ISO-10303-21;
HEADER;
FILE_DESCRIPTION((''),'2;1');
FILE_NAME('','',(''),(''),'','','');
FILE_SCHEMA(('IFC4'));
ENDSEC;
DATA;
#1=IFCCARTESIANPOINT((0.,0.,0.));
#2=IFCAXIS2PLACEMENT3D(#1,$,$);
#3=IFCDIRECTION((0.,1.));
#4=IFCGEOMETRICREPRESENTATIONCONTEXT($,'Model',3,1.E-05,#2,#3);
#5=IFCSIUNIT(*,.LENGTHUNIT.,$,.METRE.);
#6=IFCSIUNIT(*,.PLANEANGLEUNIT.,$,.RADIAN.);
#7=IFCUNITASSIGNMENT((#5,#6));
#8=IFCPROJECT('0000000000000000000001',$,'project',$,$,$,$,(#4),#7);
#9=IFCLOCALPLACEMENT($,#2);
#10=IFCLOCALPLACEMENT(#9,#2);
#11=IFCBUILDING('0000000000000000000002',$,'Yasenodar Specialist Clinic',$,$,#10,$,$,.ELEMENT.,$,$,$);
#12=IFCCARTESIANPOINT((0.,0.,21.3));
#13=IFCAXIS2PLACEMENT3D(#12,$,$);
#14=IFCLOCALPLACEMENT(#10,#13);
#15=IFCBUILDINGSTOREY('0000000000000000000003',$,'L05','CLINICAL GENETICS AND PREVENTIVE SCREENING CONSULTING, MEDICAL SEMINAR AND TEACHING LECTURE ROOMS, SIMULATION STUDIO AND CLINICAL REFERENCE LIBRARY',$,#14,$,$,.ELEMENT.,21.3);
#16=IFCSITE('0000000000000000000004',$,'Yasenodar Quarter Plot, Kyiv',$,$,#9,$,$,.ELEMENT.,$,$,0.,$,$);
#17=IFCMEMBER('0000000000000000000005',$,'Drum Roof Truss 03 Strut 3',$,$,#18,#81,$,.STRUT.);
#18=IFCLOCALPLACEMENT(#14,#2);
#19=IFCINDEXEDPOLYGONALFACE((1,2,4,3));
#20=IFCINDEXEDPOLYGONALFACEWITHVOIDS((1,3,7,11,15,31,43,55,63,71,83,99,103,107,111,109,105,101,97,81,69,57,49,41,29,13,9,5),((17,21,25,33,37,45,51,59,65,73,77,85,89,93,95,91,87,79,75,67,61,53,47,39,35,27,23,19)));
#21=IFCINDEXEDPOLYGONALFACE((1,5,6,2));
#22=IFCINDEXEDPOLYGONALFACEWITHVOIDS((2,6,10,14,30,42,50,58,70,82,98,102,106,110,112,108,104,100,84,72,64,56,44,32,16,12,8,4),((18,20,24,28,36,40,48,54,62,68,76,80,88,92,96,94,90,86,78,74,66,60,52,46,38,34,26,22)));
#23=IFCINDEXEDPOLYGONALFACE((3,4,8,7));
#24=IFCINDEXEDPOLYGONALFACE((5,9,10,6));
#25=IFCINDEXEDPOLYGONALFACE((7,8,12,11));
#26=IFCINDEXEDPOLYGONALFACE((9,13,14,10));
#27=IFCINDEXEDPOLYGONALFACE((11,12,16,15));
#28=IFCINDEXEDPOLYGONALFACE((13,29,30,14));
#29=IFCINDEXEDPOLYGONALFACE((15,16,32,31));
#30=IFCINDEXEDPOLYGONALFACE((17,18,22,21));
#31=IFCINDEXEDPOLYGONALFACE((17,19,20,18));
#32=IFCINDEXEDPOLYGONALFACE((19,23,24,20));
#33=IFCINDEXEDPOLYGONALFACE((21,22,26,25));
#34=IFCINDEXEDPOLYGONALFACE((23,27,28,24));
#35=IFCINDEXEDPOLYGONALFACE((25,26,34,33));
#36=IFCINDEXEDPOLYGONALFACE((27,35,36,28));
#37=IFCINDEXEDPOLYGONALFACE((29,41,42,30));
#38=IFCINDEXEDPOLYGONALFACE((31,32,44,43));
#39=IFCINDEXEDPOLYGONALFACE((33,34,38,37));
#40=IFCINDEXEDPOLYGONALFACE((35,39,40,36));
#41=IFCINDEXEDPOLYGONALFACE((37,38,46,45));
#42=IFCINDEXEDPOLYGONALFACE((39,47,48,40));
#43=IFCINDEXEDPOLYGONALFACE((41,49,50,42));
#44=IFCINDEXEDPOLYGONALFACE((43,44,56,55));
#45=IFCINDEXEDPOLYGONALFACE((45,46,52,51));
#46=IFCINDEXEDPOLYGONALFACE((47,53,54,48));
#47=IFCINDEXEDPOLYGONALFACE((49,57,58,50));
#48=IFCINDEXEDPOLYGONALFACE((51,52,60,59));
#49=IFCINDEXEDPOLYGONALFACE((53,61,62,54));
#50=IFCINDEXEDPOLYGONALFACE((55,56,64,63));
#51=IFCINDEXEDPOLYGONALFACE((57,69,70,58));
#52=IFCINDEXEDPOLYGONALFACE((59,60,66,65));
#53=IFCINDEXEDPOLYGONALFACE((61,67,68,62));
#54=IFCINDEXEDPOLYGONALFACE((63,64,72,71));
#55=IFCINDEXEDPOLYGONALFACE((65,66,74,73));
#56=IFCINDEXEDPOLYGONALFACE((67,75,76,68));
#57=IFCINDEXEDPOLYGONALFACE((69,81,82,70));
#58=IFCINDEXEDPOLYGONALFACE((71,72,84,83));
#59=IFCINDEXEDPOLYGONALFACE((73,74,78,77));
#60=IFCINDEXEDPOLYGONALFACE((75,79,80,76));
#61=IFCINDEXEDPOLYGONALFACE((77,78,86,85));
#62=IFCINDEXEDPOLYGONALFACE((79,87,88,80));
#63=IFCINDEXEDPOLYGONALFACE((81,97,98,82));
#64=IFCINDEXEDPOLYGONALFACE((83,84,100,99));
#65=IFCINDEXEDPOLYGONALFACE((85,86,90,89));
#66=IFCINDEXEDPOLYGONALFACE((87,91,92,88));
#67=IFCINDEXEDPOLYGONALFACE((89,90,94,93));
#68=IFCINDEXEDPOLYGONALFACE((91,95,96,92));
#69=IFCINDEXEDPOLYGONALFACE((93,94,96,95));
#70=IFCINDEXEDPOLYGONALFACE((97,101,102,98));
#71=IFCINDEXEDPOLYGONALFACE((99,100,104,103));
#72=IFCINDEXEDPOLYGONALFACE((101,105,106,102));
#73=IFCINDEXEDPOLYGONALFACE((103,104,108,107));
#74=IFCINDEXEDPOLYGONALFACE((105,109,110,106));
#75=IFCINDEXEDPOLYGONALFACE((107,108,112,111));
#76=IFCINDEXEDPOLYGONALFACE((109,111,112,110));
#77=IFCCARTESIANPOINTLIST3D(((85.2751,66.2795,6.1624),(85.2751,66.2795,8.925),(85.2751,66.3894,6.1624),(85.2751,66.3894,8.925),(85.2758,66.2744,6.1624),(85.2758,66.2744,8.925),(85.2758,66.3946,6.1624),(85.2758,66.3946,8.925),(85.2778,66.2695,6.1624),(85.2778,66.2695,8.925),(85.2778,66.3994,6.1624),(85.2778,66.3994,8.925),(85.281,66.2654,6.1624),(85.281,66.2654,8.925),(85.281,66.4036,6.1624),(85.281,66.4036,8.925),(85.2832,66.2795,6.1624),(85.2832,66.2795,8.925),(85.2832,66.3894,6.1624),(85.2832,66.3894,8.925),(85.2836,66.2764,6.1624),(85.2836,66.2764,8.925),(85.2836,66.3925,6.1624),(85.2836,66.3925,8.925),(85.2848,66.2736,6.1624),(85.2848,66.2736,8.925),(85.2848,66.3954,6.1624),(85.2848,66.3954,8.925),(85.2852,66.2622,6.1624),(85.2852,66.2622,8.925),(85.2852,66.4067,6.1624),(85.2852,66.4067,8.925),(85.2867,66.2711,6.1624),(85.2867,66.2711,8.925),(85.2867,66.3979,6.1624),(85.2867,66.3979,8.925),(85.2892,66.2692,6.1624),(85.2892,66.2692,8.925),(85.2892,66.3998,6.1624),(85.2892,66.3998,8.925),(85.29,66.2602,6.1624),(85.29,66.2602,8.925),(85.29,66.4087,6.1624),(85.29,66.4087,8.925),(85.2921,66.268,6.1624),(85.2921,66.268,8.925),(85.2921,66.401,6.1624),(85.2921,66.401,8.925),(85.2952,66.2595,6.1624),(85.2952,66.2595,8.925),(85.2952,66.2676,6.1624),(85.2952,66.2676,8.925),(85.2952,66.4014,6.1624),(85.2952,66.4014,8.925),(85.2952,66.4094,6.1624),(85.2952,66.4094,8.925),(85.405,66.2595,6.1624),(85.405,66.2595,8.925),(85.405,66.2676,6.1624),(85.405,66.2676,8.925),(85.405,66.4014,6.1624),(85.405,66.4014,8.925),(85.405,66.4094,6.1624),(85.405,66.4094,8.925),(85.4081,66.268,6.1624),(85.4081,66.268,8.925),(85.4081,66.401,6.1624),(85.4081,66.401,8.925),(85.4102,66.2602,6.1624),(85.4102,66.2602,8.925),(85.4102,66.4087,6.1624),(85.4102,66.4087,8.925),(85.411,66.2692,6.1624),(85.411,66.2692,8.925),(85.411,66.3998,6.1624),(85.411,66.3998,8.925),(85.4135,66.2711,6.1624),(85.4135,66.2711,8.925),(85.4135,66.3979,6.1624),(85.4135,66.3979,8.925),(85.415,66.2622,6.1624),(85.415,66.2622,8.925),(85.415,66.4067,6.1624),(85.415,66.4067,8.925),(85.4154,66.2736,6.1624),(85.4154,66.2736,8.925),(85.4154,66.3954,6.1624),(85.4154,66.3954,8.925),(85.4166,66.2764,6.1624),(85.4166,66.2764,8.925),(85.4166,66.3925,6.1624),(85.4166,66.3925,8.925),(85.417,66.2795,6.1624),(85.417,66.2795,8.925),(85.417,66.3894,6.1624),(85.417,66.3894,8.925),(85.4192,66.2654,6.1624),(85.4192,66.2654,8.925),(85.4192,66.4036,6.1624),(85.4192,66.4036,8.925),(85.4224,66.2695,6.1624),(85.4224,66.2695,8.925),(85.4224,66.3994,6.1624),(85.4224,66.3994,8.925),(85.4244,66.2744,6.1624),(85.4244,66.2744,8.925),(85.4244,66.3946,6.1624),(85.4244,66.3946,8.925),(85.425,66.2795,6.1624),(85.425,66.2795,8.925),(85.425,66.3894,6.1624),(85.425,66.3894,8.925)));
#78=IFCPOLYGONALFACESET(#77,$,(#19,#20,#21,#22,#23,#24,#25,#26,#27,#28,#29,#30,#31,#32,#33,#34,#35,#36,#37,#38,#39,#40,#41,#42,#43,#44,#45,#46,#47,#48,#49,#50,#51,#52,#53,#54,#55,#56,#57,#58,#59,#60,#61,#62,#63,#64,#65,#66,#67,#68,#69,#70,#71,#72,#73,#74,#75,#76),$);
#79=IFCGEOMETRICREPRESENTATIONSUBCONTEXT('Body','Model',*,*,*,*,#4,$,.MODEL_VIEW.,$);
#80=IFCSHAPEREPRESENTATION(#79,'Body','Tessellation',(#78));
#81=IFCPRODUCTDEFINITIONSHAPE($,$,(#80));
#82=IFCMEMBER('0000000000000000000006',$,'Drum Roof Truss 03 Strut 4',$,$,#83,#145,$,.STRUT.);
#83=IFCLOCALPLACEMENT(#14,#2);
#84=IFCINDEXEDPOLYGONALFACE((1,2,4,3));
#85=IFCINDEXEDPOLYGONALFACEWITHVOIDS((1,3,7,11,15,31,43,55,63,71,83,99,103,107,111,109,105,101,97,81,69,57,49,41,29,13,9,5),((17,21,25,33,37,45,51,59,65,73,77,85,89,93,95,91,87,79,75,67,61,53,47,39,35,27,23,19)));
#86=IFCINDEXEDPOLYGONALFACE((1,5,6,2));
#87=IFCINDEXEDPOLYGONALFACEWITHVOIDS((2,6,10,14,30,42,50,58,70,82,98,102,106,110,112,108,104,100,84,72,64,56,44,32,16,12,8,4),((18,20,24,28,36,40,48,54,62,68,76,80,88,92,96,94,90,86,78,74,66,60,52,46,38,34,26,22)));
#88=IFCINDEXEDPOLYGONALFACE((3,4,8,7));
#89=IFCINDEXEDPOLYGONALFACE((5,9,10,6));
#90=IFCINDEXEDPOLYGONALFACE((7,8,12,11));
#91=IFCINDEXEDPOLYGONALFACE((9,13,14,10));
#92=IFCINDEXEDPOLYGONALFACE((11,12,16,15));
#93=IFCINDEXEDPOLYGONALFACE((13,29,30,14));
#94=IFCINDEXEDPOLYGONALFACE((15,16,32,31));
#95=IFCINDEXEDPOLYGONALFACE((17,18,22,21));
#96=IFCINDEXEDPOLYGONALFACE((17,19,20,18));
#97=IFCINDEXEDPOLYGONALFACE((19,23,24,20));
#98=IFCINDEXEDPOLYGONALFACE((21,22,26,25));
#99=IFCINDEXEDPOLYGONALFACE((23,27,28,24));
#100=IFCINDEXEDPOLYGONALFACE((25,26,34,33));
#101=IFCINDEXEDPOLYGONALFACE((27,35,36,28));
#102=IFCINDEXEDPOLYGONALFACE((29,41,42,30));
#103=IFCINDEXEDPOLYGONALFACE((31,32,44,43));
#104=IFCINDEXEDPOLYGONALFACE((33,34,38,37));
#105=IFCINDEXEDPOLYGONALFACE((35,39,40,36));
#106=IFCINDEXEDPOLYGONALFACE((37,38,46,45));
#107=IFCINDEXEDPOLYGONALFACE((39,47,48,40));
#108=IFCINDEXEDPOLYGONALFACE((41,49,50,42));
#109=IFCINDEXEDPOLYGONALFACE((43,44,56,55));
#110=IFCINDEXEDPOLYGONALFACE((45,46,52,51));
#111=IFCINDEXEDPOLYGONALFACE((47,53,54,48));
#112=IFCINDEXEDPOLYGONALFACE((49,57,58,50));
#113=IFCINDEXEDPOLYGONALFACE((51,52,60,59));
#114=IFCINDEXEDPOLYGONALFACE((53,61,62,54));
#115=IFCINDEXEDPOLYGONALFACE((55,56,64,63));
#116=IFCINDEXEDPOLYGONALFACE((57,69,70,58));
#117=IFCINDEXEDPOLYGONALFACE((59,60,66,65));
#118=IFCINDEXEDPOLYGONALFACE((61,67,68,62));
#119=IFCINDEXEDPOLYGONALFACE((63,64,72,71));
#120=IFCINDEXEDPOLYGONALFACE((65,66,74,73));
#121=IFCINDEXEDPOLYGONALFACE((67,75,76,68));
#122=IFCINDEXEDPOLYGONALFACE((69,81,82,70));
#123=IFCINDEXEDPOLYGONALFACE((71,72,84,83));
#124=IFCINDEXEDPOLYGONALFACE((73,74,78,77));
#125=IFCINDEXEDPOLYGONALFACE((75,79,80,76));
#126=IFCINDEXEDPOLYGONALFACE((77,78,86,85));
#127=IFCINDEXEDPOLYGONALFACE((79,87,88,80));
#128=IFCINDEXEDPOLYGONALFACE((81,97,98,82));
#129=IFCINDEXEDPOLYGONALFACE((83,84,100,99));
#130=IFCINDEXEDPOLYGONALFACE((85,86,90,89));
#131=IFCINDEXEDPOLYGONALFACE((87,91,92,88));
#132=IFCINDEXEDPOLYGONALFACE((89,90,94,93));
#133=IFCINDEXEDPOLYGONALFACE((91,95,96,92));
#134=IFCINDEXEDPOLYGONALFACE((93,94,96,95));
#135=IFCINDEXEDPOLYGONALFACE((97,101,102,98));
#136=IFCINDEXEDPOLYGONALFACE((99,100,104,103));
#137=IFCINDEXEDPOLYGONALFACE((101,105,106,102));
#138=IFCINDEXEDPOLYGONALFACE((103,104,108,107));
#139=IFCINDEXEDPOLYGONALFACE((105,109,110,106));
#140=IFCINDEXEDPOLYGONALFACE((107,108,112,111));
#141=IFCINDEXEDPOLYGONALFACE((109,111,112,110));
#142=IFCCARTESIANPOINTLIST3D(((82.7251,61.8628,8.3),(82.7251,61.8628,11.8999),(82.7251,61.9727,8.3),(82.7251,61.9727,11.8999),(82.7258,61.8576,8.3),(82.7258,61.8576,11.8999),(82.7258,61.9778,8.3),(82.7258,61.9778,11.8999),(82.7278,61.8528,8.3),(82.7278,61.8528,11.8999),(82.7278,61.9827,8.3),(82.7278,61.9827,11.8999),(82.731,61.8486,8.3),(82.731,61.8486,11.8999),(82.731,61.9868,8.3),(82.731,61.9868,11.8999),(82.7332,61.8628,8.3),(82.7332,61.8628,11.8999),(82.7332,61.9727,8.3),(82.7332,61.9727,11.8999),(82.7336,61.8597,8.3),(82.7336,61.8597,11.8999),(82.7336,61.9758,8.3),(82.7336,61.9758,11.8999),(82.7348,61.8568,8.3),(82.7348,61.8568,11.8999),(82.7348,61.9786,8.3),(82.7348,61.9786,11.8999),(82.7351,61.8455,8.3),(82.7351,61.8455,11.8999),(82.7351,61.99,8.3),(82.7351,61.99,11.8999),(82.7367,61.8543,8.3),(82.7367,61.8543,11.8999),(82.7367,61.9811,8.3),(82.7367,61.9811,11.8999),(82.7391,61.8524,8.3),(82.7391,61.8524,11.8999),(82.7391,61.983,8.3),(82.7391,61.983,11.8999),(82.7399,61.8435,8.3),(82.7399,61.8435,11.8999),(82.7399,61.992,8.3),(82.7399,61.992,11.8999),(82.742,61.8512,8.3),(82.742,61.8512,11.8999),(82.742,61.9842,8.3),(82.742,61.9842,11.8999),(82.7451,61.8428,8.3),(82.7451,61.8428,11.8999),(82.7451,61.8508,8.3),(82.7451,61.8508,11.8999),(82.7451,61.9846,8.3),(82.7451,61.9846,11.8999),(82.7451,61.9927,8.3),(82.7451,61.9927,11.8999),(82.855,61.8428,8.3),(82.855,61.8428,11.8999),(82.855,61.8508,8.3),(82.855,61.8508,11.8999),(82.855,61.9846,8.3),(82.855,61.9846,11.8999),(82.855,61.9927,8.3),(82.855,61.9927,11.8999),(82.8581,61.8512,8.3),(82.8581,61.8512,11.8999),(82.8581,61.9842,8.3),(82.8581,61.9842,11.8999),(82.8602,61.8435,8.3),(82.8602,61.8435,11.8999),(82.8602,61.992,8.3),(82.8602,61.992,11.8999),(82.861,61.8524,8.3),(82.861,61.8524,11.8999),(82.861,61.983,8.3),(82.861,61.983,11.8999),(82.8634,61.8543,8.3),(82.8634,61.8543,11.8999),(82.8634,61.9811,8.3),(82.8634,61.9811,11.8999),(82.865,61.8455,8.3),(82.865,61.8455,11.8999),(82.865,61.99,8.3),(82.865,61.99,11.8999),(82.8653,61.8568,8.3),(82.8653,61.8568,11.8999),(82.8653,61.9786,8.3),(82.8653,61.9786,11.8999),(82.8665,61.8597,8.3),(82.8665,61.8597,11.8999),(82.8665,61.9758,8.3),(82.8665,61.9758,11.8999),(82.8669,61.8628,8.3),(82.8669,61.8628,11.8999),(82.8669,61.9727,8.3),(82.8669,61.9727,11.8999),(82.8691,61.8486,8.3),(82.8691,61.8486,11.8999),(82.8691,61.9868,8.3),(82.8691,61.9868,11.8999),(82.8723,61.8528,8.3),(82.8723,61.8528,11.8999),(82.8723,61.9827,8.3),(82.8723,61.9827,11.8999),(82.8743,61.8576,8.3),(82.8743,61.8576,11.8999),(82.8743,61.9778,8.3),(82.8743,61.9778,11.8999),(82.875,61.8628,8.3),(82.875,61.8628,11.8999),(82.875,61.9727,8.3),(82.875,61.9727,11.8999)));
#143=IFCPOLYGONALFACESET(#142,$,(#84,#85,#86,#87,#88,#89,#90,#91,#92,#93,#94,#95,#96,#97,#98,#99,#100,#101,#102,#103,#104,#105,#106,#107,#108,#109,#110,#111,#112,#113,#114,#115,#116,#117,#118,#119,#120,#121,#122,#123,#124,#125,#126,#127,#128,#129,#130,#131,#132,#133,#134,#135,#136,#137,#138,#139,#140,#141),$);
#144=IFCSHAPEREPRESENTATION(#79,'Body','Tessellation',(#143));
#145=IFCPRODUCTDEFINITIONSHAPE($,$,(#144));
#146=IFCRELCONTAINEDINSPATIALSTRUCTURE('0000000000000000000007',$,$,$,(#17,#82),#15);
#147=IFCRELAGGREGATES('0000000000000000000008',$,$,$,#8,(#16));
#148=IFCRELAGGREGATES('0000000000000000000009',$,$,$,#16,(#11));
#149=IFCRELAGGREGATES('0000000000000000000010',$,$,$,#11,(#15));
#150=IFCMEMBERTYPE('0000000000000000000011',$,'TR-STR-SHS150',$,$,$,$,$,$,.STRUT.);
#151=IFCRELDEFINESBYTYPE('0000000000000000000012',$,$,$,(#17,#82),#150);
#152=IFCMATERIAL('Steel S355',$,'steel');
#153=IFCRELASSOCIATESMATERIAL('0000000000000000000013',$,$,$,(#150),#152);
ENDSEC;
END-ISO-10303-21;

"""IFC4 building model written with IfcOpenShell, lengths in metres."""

from ifc_helpers import new_model, si_unit, direction, frame, origin, origin_2d, place, context, subcontext, project, spatial, hollow_rectangle, extrude, material, material_profile, profile_set, type_object, element, save


model = new_model("IFC4")

# Units and contexts
model_context = context("Model", 3, precision=1e-05, world=origin(), true_north=direction((0.0, 1.0)))
body_context = subcontext(model_context, "Body", "Model", "MODEL_VIEW")
ifc_project = project(units=[si_unit("LENGTHUNIT", "METRE"), si_unit("PLANEANGLEUNIT", "RADIAN")], contexts=[model_context])

# Site, building, storey
site_placement = place(None, origin())
site = spatial("IfcSite", under=ifc_project, at=site_placement, Name="Yasenodar Quarter Plot, Kyiv", CompositionType="ELEMENT", RefElevation=0.0)
building_placement = place(site_placement, origin())
building = spatial("IfcBuilding", under=site, at=building_placement, Name="Yasenodar Specialist Clinic", CompositionType="ELEMENT")
storey_placement = place(building_placement, frame((0.0, 0.0, 21.3)))
storey = spatial("IfcBuildingStorey", under=building, at=storey_placement, Name="L05", Description="CLINICAL GENETICS AND PREVENTIVE SCREENING CONSULTING, MEDICAL SEMINAR AND TEACHING LECTURE ROOMS, SIMULATION STUDIO AND CLINICAL REFERENCE LIBRARY", CompositionType="ELEMENT", Elevation=21.3)

# Shared definitions
ifc_material = material(Name="Steel S355", Category="steel")

# Members
ifc_material_profile_1 = material_profile(ifc_material, hollow_rectangle(XDim=0.1499, YDim=0.1499, WallThickness=0.0081, InnerFilletRadius=0.012, OuterFilletRadius=0.02, at=origin_2d()), Name="SHS 150x150x8")
ifc_profile_set_1 = profile_set([ifc_material_profile_1], Name="Steel S355")
member_type_1 = type_object("IfcMemberType", Name="TR-STR-SHS150", PredefinedType="STRUT", material=ifc_profile_set_1)
member_1_placement = place(storey_placement, frame((85.3501, 66.3345, 6.1624), z_axis=(0.0, 0.0, 1.0), x_axis=(1.0, 0.0, 0.0)))
element("IfcMember", 1, at=member_1_placement, inside=storey, type_object=member_type_1, Name="Drum Roof Truss 03 Strut 3", PredefinedType="STRUT", context=body_context, shape_type="SweptSolid", body=[
    extrude(hollow_rectangle(XDim=0.1499, YDim=0.1499, WallThickness=0.0081, InnerFilletRadius=0.012, OuterFilletRadius=0.02, at=origin_2d()), origin(), (0.0, 0.0, 1.0), 2.7627),
])
member_2_placement = place(storey_placement, frame((82.8, 61.9177, 8.3), z_axis=(0.0, 0.0, 1.0), x_axis=(1.0, 0.0, 0.0)))
element("IfcMember", 2, at=member_2_placement, inside=storey, type_object=member_type_1, Name="Drum Roof Truss 03 Strut 4", PredefinedType="STRUT", context=body_context, shape_type="SweptSolid", body=[
    extrude(hollow_rectangle(XDim=0.1499, YDim=0.1499, WallThickness=0.0081, InnerFilletRadius=0.012, OuterFilletRadius=0.02, at=origin_2d()), origin(), (0.0, 0.0, 1.0), 3.5999),
])

save(model, "model.ifc")
